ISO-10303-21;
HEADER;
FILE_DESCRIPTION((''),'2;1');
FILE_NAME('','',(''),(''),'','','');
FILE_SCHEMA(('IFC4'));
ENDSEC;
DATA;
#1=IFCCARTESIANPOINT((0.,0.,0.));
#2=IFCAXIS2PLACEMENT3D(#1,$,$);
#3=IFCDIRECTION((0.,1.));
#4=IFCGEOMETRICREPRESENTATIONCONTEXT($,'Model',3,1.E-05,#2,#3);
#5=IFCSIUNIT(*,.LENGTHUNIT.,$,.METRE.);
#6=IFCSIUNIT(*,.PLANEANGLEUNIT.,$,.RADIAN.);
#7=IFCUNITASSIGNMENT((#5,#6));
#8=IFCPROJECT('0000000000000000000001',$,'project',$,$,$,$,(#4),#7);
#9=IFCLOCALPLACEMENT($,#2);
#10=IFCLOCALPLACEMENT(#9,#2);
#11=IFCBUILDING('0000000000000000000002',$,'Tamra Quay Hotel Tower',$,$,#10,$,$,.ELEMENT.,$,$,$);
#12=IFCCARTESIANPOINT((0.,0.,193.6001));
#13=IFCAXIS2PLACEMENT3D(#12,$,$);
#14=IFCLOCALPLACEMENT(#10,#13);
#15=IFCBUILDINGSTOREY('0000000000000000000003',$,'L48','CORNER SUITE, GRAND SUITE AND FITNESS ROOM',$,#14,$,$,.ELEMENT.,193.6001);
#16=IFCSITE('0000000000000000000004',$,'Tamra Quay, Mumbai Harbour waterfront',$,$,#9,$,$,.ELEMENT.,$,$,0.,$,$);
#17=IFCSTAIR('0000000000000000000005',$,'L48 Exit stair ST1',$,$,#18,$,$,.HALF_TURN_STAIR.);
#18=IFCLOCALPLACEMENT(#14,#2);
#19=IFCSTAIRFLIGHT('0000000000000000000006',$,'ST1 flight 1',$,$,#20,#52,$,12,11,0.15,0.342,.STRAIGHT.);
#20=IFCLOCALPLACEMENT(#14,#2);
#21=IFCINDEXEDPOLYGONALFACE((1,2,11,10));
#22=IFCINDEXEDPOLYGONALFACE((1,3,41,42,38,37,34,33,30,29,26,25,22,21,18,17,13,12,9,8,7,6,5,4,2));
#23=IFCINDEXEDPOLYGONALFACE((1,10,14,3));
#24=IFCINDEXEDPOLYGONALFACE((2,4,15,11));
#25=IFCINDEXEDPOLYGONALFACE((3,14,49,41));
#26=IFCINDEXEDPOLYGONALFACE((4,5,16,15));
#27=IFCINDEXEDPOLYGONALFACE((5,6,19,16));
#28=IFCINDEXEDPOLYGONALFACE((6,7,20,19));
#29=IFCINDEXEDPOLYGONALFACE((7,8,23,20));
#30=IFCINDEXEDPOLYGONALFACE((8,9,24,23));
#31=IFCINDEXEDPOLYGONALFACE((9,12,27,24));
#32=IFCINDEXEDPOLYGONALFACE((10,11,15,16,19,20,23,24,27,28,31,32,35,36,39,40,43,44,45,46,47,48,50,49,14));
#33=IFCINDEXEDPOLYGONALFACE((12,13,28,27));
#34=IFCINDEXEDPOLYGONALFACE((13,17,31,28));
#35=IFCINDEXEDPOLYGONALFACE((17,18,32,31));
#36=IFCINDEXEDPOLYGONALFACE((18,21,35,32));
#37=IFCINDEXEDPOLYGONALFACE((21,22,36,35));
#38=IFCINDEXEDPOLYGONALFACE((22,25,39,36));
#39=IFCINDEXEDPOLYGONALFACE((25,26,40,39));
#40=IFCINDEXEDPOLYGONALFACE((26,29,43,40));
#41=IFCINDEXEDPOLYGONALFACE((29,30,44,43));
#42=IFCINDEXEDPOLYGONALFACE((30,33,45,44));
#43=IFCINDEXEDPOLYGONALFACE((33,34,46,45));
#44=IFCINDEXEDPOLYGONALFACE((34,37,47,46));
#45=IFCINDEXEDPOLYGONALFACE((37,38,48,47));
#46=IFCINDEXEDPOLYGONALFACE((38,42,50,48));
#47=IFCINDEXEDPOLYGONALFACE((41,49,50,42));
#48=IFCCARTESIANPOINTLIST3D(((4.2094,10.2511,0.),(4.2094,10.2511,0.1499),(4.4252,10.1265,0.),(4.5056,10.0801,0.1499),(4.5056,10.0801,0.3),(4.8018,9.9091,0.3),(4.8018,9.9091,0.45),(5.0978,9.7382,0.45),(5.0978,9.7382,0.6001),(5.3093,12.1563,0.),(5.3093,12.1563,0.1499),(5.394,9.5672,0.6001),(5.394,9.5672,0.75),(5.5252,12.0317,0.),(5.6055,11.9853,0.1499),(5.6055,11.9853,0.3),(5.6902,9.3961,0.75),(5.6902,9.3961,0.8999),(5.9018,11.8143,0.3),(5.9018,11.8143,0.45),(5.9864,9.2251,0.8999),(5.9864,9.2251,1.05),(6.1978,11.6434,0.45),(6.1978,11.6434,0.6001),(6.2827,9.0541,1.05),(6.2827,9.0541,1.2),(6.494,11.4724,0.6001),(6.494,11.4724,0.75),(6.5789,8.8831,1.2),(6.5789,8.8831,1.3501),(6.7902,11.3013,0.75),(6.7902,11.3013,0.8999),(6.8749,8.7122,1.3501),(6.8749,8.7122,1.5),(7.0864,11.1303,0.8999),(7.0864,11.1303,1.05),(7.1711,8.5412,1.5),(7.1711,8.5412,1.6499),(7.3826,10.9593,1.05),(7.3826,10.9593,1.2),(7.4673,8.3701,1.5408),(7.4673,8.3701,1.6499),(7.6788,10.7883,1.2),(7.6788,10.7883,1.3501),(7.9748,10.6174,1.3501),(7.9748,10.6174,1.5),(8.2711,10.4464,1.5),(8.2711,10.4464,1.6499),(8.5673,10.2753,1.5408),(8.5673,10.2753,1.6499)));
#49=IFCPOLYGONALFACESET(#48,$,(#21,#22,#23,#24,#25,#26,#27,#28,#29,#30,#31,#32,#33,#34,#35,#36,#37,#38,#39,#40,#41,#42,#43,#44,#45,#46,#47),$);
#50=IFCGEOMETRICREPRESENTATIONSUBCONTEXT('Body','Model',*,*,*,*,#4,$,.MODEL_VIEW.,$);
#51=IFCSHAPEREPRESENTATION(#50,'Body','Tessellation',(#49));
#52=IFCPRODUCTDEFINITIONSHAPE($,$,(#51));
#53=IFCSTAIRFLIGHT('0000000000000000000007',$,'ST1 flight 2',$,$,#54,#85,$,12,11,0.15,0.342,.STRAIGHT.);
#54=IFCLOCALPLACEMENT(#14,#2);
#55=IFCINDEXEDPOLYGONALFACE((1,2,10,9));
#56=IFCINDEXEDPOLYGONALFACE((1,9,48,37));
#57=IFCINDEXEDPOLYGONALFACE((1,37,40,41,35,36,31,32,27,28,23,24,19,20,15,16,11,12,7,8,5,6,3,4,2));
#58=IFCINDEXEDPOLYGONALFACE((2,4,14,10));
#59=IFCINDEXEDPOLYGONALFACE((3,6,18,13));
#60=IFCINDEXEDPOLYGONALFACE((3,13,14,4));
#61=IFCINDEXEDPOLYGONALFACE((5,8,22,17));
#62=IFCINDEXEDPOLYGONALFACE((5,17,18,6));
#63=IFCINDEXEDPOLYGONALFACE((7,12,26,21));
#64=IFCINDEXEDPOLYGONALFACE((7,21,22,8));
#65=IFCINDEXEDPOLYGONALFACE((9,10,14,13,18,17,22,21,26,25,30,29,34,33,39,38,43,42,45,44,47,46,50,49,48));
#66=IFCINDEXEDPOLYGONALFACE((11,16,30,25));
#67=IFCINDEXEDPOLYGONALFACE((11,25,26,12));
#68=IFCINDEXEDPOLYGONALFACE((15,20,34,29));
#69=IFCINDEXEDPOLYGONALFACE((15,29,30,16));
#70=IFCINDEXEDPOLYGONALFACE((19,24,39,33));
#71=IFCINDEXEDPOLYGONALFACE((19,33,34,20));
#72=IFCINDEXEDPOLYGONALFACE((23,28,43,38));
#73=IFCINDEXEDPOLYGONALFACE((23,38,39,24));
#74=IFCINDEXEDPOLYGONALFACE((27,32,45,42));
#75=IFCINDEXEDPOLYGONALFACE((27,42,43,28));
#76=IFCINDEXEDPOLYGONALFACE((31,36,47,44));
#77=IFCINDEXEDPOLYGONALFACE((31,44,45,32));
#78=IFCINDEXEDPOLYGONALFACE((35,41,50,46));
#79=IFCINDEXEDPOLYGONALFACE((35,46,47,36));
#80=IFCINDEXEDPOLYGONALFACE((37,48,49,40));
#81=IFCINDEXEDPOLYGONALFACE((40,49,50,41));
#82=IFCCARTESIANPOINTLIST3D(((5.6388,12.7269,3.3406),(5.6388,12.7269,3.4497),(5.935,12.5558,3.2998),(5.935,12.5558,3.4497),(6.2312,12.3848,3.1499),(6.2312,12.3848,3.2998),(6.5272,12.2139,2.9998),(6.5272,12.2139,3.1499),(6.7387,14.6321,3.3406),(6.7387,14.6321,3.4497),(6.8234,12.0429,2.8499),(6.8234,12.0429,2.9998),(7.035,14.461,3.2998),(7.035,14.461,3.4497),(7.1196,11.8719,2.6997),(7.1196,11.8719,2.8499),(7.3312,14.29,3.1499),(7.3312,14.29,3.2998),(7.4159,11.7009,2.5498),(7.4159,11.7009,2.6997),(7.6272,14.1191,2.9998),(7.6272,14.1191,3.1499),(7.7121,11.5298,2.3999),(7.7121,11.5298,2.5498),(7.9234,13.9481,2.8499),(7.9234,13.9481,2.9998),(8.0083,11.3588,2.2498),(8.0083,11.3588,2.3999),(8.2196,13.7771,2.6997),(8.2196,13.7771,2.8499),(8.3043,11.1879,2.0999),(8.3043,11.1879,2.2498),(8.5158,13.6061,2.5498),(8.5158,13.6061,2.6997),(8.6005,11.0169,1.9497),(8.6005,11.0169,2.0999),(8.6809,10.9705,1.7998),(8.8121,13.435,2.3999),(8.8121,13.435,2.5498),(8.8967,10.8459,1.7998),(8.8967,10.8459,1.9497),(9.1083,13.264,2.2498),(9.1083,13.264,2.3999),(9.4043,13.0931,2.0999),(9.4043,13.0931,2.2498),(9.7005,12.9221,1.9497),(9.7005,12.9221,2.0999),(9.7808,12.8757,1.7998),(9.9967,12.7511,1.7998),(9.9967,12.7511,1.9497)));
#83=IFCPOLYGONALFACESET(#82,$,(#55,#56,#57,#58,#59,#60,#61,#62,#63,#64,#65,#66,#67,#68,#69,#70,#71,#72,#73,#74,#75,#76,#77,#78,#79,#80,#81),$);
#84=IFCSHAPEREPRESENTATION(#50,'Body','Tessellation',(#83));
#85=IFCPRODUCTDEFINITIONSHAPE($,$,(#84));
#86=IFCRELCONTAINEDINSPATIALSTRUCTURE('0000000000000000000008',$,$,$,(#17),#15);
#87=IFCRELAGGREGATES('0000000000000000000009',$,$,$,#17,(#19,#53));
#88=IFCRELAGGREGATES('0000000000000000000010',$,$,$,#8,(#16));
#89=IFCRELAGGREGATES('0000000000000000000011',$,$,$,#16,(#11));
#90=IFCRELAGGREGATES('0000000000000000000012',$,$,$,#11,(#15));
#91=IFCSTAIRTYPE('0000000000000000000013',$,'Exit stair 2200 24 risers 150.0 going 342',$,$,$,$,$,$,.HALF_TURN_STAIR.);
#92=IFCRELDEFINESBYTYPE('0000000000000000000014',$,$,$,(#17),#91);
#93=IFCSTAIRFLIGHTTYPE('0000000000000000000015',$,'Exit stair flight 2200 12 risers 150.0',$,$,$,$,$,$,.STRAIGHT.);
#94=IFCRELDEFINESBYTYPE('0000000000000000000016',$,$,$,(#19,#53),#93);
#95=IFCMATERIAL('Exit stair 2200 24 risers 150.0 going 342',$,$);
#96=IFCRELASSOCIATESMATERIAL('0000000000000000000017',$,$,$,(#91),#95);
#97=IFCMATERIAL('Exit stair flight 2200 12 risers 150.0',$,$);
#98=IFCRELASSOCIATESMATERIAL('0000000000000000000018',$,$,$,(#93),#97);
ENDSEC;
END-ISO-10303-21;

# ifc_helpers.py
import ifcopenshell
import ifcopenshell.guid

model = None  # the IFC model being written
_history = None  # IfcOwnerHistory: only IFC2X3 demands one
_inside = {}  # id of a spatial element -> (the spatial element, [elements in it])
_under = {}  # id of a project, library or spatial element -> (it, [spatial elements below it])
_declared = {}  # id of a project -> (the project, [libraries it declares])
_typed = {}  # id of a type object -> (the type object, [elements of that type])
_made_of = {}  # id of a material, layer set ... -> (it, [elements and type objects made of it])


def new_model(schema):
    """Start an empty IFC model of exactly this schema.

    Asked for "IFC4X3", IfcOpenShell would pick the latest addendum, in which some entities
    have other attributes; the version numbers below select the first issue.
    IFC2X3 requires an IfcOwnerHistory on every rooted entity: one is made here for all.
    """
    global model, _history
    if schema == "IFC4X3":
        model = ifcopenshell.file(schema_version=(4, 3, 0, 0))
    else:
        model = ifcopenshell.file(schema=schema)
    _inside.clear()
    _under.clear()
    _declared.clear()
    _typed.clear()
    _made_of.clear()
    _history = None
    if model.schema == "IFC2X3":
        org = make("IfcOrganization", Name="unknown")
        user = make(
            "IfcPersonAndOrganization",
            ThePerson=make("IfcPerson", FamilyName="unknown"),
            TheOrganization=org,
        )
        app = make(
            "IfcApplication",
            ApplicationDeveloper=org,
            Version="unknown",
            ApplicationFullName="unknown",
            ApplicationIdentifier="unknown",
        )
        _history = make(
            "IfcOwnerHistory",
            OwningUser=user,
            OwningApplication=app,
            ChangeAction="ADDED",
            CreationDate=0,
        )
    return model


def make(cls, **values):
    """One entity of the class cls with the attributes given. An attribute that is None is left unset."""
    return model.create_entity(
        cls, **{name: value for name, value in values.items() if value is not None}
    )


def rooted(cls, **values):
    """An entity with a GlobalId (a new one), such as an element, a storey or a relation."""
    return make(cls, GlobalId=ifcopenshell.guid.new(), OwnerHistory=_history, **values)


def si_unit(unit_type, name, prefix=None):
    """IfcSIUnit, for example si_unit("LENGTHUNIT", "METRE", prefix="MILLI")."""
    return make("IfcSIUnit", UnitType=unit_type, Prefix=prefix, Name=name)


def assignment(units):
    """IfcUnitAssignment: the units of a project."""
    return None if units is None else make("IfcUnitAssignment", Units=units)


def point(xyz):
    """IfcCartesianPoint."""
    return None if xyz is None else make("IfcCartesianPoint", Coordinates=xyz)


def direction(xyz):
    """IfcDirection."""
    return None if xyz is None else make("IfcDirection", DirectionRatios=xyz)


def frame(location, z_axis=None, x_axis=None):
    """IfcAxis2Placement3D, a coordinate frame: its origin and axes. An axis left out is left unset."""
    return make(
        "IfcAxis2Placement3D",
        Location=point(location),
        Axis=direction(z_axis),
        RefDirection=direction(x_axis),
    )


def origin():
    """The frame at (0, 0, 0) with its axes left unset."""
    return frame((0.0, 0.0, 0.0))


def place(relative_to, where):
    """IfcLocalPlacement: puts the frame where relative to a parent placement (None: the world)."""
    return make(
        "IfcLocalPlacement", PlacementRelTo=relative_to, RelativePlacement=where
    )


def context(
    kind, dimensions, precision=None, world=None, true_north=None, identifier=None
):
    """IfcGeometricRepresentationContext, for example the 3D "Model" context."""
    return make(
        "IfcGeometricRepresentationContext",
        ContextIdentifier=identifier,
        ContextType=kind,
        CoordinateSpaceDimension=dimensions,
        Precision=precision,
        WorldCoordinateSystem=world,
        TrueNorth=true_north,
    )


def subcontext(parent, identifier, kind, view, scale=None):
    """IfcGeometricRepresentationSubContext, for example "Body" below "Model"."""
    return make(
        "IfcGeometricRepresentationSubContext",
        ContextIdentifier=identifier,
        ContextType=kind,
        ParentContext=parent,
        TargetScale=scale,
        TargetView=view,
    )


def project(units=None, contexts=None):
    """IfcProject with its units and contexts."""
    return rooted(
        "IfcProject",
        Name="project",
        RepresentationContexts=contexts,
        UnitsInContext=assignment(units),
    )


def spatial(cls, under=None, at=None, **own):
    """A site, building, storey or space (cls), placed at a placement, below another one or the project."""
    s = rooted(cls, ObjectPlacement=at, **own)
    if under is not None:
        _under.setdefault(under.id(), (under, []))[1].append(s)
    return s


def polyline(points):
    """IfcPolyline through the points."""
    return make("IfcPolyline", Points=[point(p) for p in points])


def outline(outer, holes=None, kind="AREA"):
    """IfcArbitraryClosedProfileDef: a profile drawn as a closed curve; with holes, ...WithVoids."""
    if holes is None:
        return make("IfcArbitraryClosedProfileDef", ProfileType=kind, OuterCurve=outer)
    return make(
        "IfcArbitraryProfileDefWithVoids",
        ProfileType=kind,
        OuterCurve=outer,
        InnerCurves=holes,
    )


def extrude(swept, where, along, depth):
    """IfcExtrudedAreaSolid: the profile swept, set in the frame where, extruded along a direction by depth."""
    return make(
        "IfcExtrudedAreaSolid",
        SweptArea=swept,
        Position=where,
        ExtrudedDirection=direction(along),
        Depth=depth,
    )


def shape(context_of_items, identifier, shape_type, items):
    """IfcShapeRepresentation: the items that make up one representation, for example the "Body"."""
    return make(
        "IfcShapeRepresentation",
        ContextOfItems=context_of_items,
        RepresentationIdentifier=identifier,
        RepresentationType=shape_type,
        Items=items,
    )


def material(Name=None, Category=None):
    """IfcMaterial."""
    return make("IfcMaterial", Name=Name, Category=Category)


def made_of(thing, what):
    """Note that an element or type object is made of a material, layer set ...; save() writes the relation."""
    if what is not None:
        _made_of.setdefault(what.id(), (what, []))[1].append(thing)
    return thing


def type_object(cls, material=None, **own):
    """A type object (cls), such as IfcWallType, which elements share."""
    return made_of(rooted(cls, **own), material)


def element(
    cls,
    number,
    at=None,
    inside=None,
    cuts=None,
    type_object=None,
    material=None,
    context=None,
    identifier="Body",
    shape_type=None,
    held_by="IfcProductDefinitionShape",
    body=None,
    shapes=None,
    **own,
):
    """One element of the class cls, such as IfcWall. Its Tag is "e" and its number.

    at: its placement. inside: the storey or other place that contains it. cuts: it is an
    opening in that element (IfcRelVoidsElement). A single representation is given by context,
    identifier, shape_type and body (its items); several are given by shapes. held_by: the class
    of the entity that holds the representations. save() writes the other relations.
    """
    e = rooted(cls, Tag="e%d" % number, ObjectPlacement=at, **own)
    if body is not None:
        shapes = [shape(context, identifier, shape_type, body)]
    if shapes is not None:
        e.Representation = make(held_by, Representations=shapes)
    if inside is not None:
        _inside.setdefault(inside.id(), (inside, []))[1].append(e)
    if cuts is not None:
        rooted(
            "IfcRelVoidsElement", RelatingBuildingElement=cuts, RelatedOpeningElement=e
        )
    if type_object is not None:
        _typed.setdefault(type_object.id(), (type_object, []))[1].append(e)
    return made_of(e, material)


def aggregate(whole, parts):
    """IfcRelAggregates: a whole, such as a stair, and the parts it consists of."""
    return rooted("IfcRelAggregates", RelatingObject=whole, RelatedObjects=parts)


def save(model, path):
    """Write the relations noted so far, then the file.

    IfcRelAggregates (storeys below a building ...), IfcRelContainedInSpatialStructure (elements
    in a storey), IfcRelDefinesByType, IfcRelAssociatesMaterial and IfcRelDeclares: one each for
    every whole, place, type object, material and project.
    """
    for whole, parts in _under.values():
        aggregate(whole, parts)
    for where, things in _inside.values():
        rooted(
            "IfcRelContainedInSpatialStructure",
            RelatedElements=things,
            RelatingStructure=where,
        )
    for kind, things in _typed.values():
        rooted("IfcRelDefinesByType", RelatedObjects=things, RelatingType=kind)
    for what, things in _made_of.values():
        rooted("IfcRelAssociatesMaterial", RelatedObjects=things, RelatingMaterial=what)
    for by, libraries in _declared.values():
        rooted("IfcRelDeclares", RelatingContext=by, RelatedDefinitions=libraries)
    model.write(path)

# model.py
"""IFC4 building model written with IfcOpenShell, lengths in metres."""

from ifc_helpers import new_model, si_unit, direction, frame, origin, place, context, subcontext, project, spatial, polyline, outline, extrude, material, type_object, element, aggregate, save


model = new_model("IFC4")

# Units and contexts
model_context = context("Model", 3, precision=1e-05, world=origin(), true_north=direction((0.0, 1.0)))
body_context = subcontext(model_context, "Body", "Model", "MODEL_VIEW")
ifc_project = project(units=[si_unit("LENGTHUNIT", "METRE"), si_unit("PLANEANGLEUNIT", "RADIAN")], contexts=[model_context])

# Site, building, storey
site_placement = place(None, origin())
site = spatial("IfcSite", under=ifc_project, at=site_placement, Name="Tamra Quay, Mumbai Harbour waterfront", CompositionType="ELEMENT", RefElevation=0.0)
building_placement = place(site_placement, origin())
building = spatial("IfcBuilding", under=site, at=building_placement, Name="Tamra Quay Hotel Tower", CompositionType="ELEMENT")
storey_placement = place(building_placement, frame((0.0, 0.0, 193.6001)))
storey = spatial("IfcBuildingStorey", under=building, at=storey_placement, Name="L48", Description="CORNER SUITE, GRAND SUITE AND FITNESS ROOM", CompositionType="ELEMENT", Elevation=193.6001)

# Stair, stair flights
ifc_material_1 = material(Name="Exit stair 2200 24 risers 150.0 going 342")
stair_type = type_object("IfcStairType", Name="Exit stair 2200 24 risers 150.0 going 342", PredefinedType="HALF_TURN_STAIR", material=ifc_material_1)
stair_placement = place(storey_placement, origin())
stair = element("IfcStair", 1, at=stair_placement, inside=storey, type_object=stair_type, Name="L48 Exit stair ST1", PredefinedType="HALF_TURN_STAIR")
ifc_material_2 = material(Name="Exit stair flight 2200 12 risers 150.0")
stair_flight_type = type_object("IfcStairFlightType", Name="Exit stair flight 2200 12 risers 150.0", PredefinedType="STRAIGHT", material=ifc_material_2)
stair_flight_1_placement = place(storey_placement, frame((4.7593, 11.2036, 0.0), z_axis=(0.0, 0.0, 1.0), x_axis=(0.866025, -0.5, 0.0)))
stair_flight_1 = element("IfcStairFlight", 2, at=stair_flight_1_placement, type_object=stair_flight_type, Name="ST1 flight 1", NumberOfRisers=12, NumberOfTreads=11, PredefinedType="STRAIGHT", RiserHeight=0.15, TreadLength=0.342, context=body_context, shape_type="SweptSolid", body=[
    extrude(outline(polyline([(0.0, 0.0), (0.0, 0.1499), (0.342, 0.1499), (0.342, 0.3), (0.6841, 0.3), (0.6841, 0.45), (1.0259, 0.45), (1.0259, 0.6001), (1.3679, 0.6001), (1.3679, 0.75), (1.71, 0.75), (1.71, 0.8999), (2.052, 0.8999), (2.052, 1.05), (2.394, 1.05), (2.394, 1.2), (2.7361, 1.2), (2.7361, 1.3501), (3.0779, 1.3501), (3.0779, 1.5), (3.4199, 1.5), (3.4199, 1.6499), (3.762, 1.6499), (3.762, 1.8), (3.762, 1.5408), (0.2493, 0.0), (0.0, 0.0)])), frame((0.0, 1.1001, 0.0), z_axis=(0.0, -1.0, 0.0), x_axis=(1.0, 0.0, 0.0)), (0.0, 0.0, 1.0), 2.2),
])
stair_flight_2_placement = place(storey_placement, frame((9.4468, 11.7986, 1.7998), z_axis=(0.0, 0.0, 1.0), x_axis=(-0.866025, 0.5, 0.0)))
stair_flight_2 = element("IfcStairFlight", 3, at=stair_flight_2_placement, type_object=stair_flight_type, Name="ST1 flight 2", NumberOfRisers=12, NumberOfTreads=11, PredefinedType="STRAIGHT", RiserHeight=0.15, TreadLength=0.342, context=body_context, shape_type="SweptSolid", body=[
    extrude(outline(polyline([(0.0, 0.0), (0.0, 0.1499), (0.342, 0.1499), (0.342, 0.3), (0.6841, 0.3), (0.6841, 0.45), (1.0259, 0.45), (1.0259, 0.6001), (1.3679, 0.6001), (1.3679, 0.75), (1.71, 0.75), (1.71, 0.8999), (2.052, 0.8999), (2.052, 1.05), (2.394, 1.05), (2.394, 1.2), (2.7361, 1.2), (2.7361, 1.3501), (3.0779, 1.3501), (3.0779, 1.5), (3.4199, 1.5), (3.4199, 1.6499), (3.762, 1.6499), (3.762, 1.8), (3.762, 1.5408), (0.2493, 0.0), (0.0, 0.0)])), frame((0.0, 1.1001, 0.0), z_axis=(0.0, -1.0, 0.0), x_axis=(1.0, 0.0, 0.0)), (0.0, 0.0, 1.0), 2.2),
])
aggregate(stair, [stair_flight_1, stair_flight_2])

save(model, "model.ifc")
